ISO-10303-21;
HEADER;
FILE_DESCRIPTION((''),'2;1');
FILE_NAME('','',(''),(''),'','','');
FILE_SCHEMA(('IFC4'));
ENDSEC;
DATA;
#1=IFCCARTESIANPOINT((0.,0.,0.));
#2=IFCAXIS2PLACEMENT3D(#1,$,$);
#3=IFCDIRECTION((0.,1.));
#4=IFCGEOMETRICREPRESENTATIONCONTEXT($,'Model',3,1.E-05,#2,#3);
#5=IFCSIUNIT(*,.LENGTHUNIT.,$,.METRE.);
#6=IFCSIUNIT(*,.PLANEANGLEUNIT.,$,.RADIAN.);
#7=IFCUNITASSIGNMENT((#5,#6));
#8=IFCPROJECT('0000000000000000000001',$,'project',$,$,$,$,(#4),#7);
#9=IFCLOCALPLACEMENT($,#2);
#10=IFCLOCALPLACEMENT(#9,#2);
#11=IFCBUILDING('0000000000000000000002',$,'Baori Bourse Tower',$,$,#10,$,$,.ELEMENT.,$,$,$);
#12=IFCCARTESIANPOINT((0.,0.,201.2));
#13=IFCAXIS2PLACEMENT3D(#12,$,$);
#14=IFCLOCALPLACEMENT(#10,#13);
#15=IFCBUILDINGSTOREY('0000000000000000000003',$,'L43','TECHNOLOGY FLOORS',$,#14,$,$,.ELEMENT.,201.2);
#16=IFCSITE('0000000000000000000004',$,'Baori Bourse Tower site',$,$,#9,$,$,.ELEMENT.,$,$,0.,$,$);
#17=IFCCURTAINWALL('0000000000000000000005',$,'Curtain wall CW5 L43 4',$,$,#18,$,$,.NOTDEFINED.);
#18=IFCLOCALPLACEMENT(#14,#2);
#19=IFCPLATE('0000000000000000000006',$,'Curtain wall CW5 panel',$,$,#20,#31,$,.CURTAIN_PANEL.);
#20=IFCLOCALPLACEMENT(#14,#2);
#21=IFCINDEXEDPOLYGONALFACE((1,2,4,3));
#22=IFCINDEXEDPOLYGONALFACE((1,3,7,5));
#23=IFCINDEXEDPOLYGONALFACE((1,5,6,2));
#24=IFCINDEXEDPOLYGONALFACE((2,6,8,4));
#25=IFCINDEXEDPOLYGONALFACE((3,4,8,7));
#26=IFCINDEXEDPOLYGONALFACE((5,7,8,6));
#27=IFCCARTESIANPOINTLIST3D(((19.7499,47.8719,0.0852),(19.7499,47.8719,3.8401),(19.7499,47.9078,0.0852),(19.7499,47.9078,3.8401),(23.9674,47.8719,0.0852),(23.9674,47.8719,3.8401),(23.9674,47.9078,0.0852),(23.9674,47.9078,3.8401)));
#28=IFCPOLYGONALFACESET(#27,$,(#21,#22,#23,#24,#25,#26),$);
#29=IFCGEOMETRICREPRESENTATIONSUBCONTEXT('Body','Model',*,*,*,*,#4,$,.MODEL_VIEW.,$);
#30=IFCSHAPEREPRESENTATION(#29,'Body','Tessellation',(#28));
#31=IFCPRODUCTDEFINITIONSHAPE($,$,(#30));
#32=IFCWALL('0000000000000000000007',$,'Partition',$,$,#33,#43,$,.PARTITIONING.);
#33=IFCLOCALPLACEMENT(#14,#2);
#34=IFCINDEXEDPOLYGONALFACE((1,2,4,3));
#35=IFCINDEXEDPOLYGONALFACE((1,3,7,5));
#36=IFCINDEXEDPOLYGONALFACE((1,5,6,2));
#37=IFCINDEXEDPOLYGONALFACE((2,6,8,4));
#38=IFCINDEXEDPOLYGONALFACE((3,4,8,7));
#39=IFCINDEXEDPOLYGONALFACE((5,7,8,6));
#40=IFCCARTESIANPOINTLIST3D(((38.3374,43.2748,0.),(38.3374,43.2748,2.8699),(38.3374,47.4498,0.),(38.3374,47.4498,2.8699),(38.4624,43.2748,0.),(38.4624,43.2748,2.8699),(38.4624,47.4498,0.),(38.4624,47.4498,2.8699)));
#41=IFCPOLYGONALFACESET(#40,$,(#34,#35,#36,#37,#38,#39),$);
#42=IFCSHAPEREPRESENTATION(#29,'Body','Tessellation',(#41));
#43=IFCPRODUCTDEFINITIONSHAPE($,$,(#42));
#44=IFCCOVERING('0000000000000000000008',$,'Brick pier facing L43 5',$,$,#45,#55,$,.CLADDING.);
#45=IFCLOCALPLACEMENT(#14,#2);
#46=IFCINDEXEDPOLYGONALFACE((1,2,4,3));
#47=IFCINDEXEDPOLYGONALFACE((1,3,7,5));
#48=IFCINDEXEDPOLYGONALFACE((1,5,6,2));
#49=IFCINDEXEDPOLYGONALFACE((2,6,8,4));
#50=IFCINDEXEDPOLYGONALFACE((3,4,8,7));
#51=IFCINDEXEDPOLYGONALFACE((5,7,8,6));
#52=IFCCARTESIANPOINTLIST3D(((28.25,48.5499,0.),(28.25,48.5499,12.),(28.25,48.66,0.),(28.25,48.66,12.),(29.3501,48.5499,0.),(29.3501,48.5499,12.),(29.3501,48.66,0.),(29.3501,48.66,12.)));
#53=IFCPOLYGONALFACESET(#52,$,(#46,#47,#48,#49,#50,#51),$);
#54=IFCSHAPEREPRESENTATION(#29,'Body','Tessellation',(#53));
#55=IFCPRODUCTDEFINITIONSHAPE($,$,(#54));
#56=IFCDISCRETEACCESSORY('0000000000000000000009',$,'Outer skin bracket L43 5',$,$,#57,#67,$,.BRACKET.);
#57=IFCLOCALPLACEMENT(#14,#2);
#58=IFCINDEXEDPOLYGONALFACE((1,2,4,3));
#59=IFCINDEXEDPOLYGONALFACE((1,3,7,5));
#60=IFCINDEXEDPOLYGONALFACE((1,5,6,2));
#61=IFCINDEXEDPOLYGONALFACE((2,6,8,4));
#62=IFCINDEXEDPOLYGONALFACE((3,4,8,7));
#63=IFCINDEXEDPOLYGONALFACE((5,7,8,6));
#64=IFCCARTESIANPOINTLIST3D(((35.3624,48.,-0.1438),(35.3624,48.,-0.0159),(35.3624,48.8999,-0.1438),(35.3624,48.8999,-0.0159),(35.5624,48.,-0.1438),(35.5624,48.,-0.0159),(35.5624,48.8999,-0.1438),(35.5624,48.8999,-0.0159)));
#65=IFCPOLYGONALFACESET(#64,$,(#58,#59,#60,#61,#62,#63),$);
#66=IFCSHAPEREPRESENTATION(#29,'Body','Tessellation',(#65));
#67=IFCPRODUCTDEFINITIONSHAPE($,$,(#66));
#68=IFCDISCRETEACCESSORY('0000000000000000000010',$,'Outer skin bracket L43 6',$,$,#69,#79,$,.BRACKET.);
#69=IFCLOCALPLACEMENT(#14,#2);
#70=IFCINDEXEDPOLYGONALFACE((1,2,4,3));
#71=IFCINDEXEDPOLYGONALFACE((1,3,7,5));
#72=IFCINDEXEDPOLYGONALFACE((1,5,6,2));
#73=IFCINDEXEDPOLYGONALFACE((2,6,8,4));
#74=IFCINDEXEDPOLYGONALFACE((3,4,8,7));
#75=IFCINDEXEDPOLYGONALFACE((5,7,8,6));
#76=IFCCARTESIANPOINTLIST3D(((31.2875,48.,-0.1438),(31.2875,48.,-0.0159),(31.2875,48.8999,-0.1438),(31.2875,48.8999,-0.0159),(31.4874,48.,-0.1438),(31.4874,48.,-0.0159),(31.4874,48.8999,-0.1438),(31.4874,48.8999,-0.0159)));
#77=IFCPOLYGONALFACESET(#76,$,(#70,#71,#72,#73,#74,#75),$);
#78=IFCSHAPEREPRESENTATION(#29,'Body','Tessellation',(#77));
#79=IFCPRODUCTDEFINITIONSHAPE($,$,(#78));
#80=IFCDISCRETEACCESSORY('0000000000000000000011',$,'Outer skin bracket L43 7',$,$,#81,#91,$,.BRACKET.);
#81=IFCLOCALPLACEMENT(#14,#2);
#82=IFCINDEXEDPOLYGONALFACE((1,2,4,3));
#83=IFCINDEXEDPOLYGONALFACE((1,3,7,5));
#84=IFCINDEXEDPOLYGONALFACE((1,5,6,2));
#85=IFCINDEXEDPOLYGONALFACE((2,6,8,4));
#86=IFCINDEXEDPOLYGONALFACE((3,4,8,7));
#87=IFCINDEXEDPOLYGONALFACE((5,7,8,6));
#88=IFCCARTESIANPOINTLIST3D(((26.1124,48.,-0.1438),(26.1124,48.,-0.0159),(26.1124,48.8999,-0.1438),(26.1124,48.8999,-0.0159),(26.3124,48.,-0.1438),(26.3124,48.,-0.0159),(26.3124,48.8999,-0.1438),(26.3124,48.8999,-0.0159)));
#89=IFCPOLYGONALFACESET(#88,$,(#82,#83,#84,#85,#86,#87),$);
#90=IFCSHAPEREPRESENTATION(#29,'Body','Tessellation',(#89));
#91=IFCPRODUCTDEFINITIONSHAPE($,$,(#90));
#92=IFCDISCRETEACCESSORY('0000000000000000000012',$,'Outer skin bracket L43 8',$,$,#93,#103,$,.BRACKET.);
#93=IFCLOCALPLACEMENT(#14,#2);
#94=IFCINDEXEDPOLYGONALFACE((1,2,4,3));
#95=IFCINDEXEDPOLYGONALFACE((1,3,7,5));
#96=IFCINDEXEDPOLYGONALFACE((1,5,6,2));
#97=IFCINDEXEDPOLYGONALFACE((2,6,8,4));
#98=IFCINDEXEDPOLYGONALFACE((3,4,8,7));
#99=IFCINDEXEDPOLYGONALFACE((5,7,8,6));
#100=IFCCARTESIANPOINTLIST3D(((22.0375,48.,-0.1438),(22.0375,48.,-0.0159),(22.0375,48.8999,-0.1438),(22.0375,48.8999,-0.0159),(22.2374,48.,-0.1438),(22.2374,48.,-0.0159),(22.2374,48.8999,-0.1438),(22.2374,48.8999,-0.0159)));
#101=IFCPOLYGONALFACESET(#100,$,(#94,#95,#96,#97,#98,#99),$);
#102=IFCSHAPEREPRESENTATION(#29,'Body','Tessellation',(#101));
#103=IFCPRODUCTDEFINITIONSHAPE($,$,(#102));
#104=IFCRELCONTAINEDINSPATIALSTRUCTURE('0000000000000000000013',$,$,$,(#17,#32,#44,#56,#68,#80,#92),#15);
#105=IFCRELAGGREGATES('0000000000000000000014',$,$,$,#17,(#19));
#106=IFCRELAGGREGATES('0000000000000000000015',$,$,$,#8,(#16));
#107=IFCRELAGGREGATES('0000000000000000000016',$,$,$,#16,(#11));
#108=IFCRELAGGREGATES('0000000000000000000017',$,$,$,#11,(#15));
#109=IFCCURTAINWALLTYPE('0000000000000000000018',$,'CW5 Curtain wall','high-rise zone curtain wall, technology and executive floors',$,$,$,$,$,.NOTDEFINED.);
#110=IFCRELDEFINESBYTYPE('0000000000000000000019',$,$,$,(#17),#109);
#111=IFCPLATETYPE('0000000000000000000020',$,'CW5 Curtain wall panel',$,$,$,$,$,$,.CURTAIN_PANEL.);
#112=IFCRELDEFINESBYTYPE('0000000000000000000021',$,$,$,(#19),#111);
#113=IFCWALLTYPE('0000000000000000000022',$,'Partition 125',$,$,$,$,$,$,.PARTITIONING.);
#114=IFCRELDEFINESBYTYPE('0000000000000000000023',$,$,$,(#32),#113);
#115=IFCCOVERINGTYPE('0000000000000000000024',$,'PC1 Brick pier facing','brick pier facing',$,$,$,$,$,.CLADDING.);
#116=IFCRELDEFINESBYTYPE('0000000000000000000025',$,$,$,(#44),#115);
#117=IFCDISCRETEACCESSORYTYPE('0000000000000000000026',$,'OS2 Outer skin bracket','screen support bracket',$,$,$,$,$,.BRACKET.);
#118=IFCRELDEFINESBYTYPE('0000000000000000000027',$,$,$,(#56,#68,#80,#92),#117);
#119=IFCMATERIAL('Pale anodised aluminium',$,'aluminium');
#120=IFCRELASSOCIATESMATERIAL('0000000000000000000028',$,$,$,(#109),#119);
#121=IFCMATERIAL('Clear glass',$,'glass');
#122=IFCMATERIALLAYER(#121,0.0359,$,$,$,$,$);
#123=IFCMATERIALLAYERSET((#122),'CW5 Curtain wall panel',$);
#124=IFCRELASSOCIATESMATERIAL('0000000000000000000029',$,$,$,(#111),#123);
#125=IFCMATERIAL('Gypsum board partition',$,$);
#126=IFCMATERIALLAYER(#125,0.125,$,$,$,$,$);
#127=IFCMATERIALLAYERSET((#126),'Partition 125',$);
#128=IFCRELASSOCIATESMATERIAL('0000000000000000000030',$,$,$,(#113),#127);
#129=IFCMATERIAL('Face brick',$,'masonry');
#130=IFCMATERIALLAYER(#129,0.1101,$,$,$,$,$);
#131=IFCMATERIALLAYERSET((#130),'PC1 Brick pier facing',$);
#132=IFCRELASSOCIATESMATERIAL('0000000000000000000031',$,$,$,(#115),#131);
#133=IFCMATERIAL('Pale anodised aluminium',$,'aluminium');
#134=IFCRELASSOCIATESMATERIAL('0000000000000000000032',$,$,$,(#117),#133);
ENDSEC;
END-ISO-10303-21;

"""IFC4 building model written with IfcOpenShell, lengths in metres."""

from ifc_helpers import new_model, si_unit, direction, frame, frame_2d, origin, origin_2d, place, context, subcontext, project, spatial, rectangle, extrude, material, layer, layer_set, type_object, element, aggregate, save


model = new_model("IFC4")

# Units and contexts
model_context = context("Model", 3, precision=1e-05, world=origin(), true_north=direction((0.0, 1.0)))
body_context = subcontext(model_context, "Body", "Model", "MODEL_VIEW")
ifc_project = project(units=[si_unit("LENGTHUNIT", "METRE"), si_unit("PLANEANGLEUNIT", "RADIAN")], contexts=[model_context])

# Site, building, storey
site_placement = place(None, origin())
site = spatial("IfcSite", under=ifc_project, at=site_placement, Name="Baori Bourse Tower site", CompositionType="ELEMENT", RefElevation=0.0)
building_placement = place(site_placement, origin())
building = spatial("IfcBuilding", under=site, at=building_placement, Name="Baori Bourse Tower", CompositionType="ELEMENT")
storey_placement = place(building_placement, frame((0.0, 0.0, 201.2)))
storey = spatial("IfcBuildingStorey", under=building, at=storey_placement, Name="L43", Description="TECHNOLOGY FLOORS", CompositionType="ELEMENT", Elevation=201.2)

# Curtain wall
ifc_material_1 = material(Name="Pale anodised aluminium", Category="aluminium")
curtain_wall_type = type_object("IfcCurtainWallType", Name="CW5 Curtain wall", Description="high-rise zone curtain wall, technology and executive floors", PredefinedType="NOTDEFINED", material=ifc_material_1)
curtain_wall_placement = place(storey_placement, origin())
curtain_wall = element("IfcCurtainWall", 1, at=curtain_wall_placement, inside=storey, type_object=curtain_wall_type, Name="Curtain wall CW5 L43 4", PredefinedType="NOTDEFINED")

# Plate
ifc_material_2 = material(Name="Clear glass", Category="glass")
ifc_layer_1 = layer(ifc_material_2, 0.0359)
ifc_layer_set_1 = layer_set([ifc_layer_1], Name="CW5 Curtain wall panel")
plate_type = type_object("IfcPlateType", Name="CW5 Curtain wall panel", PredefinedType="CURTAIN_PANEL", material=ifc_layer_set_1)
plate_1_placement = place(storey_placement, frame((21.8586, 47.8899, 0.0852), z_axis=(0.0, 0.0, 1.0), x_axis=(-1.0, 0.0, 0.0)))
plate_1 = element("IfcPlate", 2, at=plate_1_placement, type_object=plate_type, Name="Curtain wall CW5 panel", PredefinedType="CURTAIN_PANEL", context=body_context, shape_type="SweptSolid", body=[
    extrude(rectangle(XDim=4.2175, YDim=0.0359, at=origin_2d()), origin(), (0.0, 0.0, 1.0), 3.7549),
])
aggregate(curtain_wall, [plate_1])

# Wall
ifc_material_3 = material(Name="Gypsum board partition")
ifc_layer_2 = layer(ifc_material_3, 0.125)
ifc_layer_set_2 = layer_set([ifc_layer_2], Name="Partition 125")
wall_type = type_object("IfcWallType", Name="Partition 125", PredefinedType="PARTITIONING", material=ifc_layer_set_2)
wall_placement = place(storey_placement, frame((38.3999, 43.2749, 0.0), z_axis=(0.0, 0.0, 1.0), x_axis=(0.0, 1.0, 0.0)))
element("IfcWall", 3, at=wall_placement, inside=storey, type_object=wall_type, Name="Partition", PredefinedType="PARTITIONING", context=body_context, shape_type="SweptSolid", body=[
    extrude(rectangle(XDim=4.175, YDim=0.125, at=frame_2d((2.0874, 0.0))), origin(), (0.0, 0.0, 1.0), 2.8699),
])

# Covering
ifc_material_4 = material(Name="Face brick", Category="masonry")
ifc_layer_3 = layer(ifc_material_4, 0.1101)
ifc_layer_set_3 = layer_set([ifc_layer_3], Name="PC1 Brick pier facing")
covering_type = type_object("IfcCoveringType", Name="PC1 Brick pier facing", Description="brick pier facing", PredefinedType="CLADDING", material=ifc_layer_set_3)
covering_placement = place(storey_placement, frame((28.8, 48.605, 0.0), z_axis=(0.0, 0.0, 1.0), x_axis=(1.0, 0.0, 0.0)))
element("IfcCovering", 4, at=covering_placement, inside=storey, type_object=covering_type, Name="Brick pier facing L43 5", PredefinedType="CLADDING", context=body_context, shape_type="SweptSolid", body=[
    extrude(rectangle(XDim=1.1001, YDim=0.1101, at=origin_2d()), origin(), (0.0, 0.0, 1.0), 12.0),
])

# Discrete accessories
ifc_material_5 = material(Name="Pale anodised aluminium", Category="aluminium")
discrete_accessory_type = type_object("IfcDiscreteAccessoryType", Name="OS2 Outer skin bracket", Description="screen support bracket", PredefinedType="BRACKET", material=ifc_material_5)
for number, where, z_axis, x_axis, name in (
    (5, (35.4624, 48.45, -0.1438), (0.0, 0.0, 1.0), (-1.0, 0.0, 0.0), "Outer skin bracket L43 5"),
    (6, (31.3875, 48.45, -0.1438), (0.0, 0.0, 1.0), (-1.0, 0.0, 0.0), "Outer skin bracket L43 6"),
    (7, (26.2124, 48.45, -0.1438), (0.0, 0.0, 1.0), (-1.0, 0.0, 0.0), "Outer skin bracket L43 7"),
    (8, (22.1375, 48.45, -0.1438), (0.0, 0.0, 1.0), (-1.0, 0.0, 0.0), "Outer skin bracket L43 8"),
):
    element("IfcDiscreteAccessory", number, at=place(storey_placement, frame(where, z_axis=z_axis, x_axis=x_axis)), inside=storey, type_object=discrete_accessory_type, Name=name, PredefinedType="BRACKET", context=body_context, shape_type="SweptSolid", body=[
        extrude(rectangle(XDim=0.2, YDim=0.8999, at=origin_2d()), origin(), (0.0, 0.0, 1.0), 0.1279),
    ])

save(model, "model.ifc")
